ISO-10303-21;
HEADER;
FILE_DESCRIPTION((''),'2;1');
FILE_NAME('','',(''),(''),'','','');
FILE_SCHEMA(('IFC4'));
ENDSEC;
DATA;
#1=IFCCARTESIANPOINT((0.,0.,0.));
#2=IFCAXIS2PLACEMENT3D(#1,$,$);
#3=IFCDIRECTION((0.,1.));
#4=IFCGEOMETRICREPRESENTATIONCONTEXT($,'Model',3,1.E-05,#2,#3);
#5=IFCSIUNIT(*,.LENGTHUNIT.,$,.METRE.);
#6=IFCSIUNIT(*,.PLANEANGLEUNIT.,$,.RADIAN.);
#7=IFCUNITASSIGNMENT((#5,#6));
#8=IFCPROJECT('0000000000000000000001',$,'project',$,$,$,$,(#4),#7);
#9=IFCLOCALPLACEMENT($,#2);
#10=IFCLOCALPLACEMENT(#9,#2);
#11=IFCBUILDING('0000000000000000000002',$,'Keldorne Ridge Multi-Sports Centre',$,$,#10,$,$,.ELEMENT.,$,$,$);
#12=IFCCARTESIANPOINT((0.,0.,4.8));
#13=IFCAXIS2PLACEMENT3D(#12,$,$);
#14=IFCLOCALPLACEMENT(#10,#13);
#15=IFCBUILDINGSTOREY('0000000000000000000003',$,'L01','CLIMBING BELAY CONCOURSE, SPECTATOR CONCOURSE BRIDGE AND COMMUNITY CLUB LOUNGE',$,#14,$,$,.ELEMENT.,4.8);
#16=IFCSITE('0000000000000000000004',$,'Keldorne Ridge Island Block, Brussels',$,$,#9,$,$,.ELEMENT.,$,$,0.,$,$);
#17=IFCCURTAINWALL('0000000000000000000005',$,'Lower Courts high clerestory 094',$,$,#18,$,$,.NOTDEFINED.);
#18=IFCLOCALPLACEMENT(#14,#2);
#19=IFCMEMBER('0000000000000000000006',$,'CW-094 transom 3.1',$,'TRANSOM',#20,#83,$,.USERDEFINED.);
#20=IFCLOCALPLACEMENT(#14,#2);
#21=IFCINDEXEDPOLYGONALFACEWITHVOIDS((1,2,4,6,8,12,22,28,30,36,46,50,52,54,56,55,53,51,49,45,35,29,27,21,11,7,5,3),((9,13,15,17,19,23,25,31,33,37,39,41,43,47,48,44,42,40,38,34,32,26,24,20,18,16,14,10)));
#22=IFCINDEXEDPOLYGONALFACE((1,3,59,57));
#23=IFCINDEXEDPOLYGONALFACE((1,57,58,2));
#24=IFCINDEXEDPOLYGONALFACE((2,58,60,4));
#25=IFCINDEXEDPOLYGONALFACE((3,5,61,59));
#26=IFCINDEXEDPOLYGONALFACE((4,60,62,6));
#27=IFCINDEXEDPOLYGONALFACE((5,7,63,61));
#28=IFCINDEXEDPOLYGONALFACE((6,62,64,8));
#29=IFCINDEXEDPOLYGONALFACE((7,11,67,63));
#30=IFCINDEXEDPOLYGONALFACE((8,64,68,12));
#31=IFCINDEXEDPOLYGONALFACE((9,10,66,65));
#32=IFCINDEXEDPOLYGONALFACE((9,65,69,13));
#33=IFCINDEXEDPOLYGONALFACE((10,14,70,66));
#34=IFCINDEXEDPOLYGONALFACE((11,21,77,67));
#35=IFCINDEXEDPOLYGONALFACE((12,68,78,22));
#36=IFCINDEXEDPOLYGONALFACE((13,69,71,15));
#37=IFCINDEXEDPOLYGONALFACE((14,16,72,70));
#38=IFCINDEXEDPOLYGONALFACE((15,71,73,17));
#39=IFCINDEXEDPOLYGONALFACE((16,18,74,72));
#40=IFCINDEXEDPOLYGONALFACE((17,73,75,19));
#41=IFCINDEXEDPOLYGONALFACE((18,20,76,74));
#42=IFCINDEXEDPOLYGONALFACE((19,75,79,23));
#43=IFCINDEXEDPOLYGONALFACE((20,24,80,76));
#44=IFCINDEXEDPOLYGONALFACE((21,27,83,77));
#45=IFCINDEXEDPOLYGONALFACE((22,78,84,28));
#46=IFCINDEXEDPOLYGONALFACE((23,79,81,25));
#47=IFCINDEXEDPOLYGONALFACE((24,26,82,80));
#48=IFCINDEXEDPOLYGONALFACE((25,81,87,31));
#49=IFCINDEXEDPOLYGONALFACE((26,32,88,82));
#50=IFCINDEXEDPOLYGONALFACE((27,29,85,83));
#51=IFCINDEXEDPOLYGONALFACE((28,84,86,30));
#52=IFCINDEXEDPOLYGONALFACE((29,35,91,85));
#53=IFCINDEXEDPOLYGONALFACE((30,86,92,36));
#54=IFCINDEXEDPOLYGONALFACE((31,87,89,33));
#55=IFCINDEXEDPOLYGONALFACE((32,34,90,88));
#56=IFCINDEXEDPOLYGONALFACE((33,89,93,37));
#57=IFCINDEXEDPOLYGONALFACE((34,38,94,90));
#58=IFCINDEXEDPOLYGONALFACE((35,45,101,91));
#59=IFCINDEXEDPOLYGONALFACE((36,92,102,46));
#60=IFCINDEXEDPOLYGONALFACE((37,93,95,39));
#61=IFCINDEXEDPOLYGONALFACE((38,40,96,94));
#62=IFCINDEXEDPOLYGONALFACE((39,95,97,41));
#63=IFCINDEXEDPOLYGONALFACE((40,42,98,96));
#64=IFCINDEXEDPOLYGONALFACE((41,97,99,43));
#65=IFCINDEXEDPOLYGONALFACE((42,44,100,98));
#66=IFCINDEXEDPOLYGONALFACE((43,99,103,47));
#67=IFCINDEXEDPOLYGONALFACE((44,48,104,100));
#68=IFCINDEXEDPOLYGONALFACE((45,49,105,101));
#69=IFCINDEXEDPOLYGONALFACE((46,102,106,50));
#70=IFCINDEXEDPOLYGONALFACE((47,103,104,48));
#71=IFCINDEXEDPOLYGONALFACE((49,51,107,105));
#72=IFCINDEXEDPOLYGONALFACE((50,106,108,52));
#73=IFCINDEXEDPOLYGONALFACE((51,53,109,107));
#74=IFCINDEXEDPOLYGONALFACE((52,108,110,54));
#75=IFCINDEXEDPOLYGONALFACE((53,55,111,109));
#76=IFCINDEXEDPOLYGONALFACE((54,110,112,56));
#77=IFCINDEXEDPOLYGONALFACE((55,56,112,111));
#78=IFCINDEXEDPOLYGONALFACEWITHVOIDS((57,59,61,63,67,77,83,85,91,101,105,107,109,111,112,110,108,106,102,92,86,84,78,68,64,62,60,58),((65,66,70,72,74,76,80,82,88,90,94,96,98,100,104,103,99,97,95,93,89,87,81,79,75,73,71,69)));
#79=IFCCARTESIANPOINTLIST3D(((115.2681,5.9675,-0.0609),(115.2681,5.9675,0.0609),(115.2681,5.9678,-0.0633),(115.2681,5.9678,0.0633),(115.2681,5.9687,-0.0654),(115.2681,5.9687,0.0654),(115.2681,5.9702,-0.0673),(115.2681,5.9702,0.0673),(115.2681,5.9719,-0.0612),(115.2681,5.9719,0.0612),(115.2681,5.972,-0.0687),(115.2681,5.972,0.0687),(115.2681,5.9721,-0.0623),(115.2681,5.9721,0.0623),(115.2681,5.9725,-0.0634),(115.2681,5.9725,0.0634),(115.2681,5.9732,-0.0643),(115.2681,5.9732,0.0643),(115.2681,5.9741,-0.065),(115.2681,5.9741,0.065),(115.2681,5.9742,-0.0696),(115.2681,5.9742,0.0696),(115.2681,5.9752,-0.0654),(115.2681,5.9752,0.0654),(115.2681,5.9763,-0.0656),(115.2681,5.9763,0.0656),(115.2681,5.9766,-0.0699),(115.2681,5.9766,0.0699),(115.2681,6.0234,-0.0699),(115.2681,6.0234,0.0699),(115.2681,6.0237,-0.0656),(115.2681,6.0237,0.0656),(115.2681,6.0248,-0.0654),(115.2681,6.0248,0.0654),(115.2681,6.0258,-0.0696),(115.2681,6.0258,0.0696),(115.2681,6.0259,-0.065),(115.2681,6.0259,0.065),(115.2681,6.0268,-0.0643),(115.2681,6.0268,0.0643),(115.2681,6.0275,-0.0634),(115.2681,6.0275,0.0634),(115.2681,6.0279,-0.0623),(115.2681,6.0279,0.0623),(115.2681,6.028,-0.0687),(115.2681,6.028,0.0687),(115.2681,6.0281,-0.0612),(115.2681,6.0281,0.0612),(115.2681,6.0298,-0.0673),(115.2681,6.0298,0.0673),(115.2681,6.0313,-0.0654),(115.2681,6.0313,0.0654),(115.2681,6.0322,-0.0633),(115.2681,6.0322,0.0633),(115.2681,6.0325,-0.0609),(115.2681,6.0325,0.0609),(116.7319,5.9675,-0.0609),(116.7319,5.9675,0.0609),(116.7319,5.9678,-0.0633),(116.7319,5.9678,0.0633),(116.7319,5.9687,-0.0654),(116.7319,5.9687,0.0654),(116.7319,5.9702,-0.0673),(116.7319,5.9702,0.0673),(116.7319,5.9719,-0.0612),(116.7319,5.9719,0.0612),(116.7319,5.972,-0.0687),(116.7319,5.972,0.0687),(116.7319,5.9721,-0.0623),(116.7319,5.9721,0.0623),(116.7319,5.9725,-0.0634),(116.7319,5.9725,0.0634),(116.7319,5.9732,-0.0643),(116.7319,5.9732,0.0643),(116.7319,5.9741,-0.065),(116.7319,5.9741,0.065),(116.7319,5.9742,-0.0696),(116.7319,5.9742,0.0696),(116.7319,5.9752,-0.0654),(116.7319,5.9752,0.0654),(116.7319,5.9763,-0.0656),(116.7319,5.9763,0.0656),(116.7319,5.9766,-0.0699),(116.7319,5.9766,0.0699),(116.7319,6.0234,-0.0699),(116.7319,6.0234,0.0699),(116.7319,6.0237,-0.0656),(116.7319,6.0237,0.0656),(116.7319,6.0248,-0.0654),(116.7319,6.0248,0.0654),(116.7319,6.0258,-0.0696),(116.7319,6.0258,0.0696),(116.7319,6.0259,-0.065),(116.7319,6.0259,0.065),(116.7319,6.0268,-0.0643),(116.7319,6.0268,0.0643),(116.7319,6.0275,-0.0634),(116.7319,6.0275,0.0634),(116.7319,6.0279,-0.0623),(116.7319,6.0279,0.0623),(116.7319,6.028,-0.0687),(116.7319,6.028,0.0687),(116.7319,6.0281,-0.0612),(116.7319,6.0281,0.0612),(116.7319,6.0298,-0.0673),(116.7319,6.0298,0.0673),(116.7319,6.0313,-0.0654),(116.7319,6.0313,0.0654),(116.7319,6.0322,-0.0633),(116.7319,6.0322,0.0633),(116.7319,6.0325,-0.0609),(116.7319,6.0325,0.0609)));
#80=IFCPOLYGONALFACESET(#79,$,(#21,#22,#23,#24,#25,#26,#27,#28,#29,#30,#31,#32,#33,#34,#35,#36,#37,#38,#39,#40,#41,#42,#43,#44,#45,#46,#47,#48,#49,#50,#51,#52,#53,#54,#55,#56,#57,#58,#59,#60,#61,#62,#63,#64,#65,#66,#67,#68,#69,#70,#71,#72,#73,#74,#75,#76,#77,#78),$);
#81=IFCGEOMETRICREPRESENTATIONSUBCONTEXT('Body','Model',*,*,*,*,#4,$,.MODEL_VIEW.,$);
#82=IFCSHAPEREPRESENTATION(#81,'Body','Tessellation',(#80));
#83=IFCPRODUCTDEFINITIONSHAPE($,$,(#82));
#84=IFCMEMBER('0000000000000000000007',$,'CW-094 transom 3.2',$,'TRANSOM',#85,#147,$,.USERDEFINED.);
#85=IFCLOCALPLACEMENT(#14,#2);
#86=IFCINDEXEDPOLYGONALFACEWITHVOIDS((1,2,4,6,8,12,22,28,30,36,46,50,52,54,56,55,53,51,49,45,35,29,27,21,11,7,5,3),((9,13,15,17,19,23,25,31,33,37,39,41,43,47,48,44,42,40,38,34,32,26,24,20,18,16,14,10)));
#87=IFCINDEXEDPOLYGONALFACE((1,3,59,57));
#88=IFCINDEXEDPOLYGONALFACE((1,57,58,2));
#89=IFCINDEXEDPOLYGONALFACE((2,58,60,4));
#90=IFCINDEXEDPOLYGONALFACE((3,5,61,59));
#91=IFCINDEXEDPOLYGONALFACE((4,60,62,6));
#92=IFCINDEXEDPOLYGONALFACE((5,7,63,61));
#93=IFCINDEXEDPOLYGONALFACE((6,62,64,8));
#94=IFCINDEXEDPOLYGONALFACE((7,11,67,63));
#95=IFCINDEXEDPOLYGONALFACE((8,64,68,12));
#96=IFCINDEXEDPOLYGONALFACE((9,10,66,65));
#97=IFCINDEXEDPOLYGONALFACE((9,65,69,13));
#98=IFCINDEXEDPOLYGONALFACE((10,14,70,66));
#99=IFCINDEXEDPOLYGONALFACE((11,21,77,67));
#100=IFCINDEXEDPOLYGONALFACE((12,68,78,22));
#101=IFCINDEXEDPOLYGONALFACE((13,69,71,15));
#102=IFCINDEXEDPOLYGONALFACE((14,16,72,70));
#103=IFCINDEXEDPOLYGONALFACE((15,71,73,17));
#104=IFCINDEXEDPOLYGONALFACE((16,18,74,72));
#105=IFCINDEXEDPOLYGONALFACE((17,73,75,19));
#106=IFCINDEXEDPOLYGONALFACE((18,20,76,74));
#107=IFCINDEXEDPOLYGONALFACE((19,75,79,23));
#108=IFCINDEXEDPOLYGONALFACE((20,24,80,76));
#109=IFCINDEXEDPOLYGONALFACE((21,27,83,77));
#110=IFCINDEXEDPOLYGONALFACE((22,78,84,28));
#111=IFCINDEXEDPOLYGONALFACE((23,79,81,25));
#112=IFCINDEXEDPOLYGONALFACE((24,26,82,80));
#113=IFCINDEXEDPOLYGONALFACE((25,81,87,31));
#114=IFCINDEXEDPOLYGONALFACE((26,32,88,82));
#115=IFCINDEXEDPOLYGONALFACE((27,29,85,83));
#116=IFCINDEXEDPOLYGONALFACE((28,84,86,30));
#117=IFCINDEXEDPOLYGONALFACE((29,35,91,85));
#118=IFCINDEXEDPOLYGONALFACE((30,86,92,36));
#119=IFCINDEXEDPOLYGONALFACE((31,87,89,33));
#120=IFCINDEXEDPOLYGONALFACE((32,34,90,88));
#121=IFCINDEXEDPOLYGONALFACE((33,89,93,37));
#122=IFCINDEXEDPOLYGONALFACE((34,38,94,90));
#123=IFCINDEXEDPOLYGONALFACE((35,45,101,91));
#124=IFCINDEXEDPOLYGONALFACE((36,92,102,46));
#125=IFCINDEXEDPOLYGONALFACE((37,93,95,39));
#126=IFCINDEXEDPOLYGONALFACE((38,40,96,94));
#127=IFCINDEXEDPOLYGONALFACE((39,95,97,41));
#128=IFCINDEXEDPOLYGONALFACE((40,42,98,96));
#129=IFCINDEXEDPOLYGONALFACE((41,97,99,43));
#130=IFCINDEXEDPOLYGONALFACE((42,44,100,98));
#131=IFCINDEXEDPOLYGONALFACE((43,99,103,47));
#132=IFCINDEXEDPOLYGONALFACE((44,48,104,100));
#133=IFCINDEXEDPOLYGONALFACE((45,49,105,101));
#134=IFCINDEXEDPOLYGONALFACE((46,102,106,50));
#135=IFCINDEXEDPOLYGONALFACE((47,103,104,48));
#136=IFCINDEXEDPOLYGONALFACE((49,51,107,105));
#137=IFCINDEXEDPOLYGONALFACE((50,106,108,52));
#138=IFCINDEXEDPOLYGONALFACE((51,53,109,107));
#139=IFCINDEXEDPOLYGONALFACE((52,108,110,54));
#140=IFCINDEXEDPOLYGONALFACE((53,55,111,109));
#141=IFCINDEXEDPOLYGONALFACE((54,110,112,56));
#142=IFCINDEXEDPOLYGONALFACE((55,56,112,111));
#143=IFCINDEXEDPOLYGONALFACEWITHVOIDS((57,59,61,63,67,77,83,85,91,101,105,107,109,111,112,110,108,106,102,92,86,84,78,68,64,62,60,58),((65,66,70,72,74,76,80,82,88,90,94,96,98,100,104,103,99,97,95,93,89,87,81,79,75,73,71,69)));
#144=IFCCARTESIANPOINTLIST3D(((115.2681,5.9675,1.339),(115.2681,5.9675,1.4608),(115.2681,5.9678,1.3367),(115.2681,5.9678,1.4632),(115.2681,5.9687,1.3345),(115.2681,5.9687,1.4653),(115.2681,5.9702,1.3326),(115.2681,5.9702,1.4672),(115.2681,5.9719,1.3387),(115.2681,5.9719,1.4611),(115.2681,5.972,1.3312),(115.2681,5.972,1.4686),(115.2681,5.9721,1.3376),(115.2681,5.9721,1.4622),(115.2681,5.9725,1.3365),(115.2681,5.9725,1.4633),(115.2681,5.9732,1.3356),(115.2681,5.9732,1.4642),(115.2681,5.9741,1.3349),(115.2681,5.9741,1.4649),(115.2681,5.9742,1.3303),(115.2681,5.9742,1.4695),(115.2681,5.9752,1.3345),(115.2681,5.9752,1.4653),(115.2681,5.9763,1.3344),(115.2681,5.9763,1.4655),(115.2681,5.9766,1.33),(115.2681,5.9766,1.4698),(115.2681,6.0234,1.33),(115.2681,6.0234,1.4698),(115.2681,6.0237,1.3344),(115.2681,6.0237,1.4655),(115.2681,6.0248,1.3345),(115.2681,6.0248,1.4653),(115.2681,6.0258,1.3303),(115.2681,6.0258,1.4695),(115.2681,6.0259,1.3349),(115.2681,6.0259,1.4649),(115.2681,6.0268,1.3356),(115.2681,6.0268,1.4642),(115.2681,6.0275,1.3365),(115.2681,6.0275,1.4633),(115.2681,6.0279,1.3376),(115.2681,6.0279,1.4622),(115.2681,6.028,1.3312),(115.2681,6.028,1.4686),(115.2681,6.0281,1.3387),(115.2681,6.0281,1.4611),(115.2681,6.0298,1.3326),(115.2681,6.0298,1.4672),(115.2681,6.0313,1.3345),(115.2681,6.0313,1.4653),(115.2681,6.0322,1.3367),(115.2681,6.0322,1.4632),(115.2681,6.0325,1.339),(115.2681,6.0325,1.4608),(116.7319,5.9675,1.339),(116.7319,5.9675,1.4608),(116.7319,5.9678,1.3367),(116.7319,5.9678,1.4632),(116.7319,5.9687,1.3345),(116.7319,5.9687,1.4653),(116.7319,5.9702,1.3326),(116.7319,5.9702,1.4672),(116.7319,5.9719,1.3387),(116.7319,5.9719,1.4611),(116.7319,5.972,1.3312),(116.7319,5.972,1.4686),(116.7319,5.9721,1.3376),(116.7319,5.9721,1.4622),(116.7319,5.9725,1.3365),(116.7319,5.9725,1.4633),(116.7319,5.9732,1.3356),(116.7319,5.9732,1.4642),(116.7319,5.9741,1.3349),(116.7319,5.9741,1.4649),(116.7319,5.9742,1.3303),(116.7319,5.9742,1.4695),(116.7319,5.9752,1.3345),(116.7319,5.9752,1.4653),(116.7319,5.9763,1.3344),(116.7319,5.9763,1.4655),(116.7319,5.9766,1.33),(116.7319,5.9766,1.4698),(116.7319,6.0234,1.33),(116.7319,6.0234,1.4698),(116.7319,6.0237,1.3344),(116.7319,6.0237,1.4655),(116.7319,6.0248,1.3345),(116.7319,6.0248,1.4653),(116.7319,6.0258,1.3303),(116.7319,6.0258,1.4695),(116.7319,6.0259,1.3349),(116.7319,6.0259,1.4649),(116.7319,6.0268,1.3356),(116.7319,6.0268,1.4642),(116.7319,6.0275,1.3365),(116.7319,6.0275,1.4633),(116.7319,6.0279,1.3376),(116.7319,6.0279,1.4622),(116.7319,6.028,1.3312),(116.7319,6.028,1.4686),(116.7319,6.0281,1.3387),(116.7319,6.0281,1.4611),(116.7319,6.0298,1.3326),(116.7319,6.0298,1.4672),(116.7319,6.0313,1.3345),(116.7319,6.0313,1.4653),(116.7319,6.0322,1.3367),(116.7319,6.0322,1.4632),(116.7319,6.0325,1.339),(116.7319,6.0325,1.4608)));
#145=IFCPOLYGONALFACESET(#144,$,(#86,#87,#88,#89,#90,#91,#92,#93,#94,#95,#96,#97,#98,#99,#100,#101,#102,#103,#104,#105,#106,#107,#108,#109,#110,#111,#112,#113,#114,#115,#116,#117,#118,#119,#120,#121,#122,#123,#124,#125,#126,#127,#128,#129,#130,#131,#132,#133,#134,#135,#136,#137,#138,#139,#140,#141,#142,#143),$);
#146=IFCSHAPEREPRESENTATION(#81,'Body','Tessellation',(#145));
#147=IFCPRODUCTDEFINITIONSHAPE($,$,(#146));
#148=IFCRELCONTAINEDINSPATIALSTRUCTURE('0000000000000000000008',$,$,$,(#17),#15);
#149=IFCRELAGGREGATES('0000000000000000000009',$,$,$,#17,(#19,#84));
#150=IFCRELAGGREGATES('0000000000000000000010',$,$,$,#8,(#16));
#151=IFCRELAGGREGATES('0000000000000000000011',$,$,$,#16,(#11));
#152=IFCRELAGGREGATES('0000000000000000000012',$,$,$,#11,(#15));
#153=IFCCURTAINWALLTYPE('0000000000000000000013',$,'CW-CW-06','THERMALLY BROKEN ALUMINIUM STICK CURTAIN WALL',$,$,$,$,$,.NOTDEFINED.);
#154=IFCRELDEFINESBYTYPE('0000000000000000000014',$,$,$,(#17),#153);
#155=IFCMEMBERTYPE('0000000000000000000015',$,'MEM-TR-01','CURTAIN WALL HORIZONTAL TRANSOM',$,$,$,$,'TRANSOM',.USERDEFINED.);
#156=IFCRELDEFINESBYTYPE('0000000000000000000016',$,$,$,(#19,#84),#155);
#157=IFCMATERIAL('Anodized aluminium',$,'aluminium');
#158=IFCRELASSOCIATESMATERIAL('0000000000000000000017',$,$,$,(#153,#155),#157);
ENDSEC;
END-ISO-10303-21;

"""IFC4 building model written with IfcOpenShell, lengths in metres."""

from ifc_helpers import new_model, si_unit, direction, frame, origin, origin_2d, place, context, subcontext, project, spatial, hollow_rectangle, extrude, material, material_profile, profile_set, type_object, element, aggregate, save


model = new_model("IFC4")

# Units and contexts
model_context = context("Model", 3, precision=1e-05, world=origin(), true_north=direction((0.0, 1.0)))
body_context = subcontext(model_context, "Body", "Model", "MODEL_VIEW")
ifc_project = project(units=[si_unit("LENGTHUNIT", "METRE"), si_unit("PLANEANGLEUNIT", "RADIAN")], contexts=[model_context])

# Site, building, storey
site_placement = place(None, origin())
site = spatial("IfcSite", under=ifc_project, at=site_placement, Name="Keldorne Ridge Island Block, Brussels", CompositionType="ELEMENT", RefElevation=0.0)
building_placement = place(site_placement, origin())
building = spatial("IfcBuilding", under=site, at=building_placement, Name="Keldorne Ridge Multi-Sports Centre", CompositionType="ELEMENT")
storey_placement = place(building_placement, frame((0.0, 0.0, 4.8)))
storey = spatial("IfcBuildingStorey", under=building, at=storey_placement, Name="L01", Description="CLIMBING BELAY CONCOURSE, SPECTATOR CONCOURSE BRIDGE AND COMMUNITY CLUB LOUNGE", CompositionType="ELEMENT", Elevation=4.8)

# Curtain wall, members
ifc_material_1 = material(Name="Anodized aluminium", Category="aluminium")
curtain_wall_type = type_object("IfcCurtainWallType", Name="CW-CW-06", Description="THERMALLY BROKEN ALUMINIUM STICK CURTAIN WALL", PredefinedType="NOTDEFINED", material=ifc_material_1)
curtain_wall_placement = place(storey_placement, origin())
curtain_wall = element("IfcCurtainWall", 1, at=curtain_wall_placement, inside=storey, type_object=curtain_wall_type, Name="Lower Courts high clerestory 094", PredefinedType="NOTDEFINED")
ifc_material_profile_1 = material_profile(ifc_material_1, hollow_rectangle(XDim=0.0649, YDim=0.1399, WallThickness=0.0044, InnerFilletRadius=0.0044, OuterFilletRadius=0.009, at=origin_2d()), Name="ALU TRANSOM 140x65x4.5")
ifc_profile_set_1 = profile_set([ifc_material_profile_1], Name="Anodized aluminium")
member_type_1 = type_object("IfcMemberType", Name="MEM-TR-01", Description="CURTAIN WALL HORIZONTAL TRANSOM", ElementType="TRANSOM", PredefinedType="USERDEFINED", material=ifc_profile_set_1)
member_1_placement = place(storey_placement, frame((115.2681, 6.0, 0.0), z_axis=(1.0, 0.0, 0.0), x_axis=(0.0, 1.0, 0.0)))
member_1 = element("IfcMember", 2, at=member_1_placement, type_object=member_type_1, Name="CW-094 transom 3.1", ObjectType="TRANSOM", PredefinedType="USERDEFINED", context=body_context, shape_type="SweptSolid", body=[
    extrude(hollow_rectangle(XDim=0.0649, YDim=0.1399, WallThickness=0.0044, InnerFilletRadius=0.0044, OuterFilletRadius=0.009, at=origin_2d()), origin(), (0.0, 0.0, 1.0), 1.4639),
])
member_2_placement = place(storey_placement, frame((115.2681, 6.0, 1.3999), z_axis=(1.0, 0.0, 0.0), x_axis=(0.0, 1.0, 0.0)))
member_2 = element("IfcMember", 3, at=member_2_placement, type_object=member_type_1, Name="CW-094 transom 3.2", ObjectType="TRANSOM", PredefinedType="USERDEFINED", context=body_context, shape_type="SweptSolid", body=[
    extrude(hollow_rectangle(XDim=0.0649, YDim=0.1399, WallThickness=0.0044, InnerFilletRadius=0.0044, OuterFilletRadius=0.009, at=origin_2d()), origin(), (0.0, 0.0, 1.0), 1.4639),
])

aggregate(curtain_wall, [member_1, member_2])

save(model, "model.ifc")
